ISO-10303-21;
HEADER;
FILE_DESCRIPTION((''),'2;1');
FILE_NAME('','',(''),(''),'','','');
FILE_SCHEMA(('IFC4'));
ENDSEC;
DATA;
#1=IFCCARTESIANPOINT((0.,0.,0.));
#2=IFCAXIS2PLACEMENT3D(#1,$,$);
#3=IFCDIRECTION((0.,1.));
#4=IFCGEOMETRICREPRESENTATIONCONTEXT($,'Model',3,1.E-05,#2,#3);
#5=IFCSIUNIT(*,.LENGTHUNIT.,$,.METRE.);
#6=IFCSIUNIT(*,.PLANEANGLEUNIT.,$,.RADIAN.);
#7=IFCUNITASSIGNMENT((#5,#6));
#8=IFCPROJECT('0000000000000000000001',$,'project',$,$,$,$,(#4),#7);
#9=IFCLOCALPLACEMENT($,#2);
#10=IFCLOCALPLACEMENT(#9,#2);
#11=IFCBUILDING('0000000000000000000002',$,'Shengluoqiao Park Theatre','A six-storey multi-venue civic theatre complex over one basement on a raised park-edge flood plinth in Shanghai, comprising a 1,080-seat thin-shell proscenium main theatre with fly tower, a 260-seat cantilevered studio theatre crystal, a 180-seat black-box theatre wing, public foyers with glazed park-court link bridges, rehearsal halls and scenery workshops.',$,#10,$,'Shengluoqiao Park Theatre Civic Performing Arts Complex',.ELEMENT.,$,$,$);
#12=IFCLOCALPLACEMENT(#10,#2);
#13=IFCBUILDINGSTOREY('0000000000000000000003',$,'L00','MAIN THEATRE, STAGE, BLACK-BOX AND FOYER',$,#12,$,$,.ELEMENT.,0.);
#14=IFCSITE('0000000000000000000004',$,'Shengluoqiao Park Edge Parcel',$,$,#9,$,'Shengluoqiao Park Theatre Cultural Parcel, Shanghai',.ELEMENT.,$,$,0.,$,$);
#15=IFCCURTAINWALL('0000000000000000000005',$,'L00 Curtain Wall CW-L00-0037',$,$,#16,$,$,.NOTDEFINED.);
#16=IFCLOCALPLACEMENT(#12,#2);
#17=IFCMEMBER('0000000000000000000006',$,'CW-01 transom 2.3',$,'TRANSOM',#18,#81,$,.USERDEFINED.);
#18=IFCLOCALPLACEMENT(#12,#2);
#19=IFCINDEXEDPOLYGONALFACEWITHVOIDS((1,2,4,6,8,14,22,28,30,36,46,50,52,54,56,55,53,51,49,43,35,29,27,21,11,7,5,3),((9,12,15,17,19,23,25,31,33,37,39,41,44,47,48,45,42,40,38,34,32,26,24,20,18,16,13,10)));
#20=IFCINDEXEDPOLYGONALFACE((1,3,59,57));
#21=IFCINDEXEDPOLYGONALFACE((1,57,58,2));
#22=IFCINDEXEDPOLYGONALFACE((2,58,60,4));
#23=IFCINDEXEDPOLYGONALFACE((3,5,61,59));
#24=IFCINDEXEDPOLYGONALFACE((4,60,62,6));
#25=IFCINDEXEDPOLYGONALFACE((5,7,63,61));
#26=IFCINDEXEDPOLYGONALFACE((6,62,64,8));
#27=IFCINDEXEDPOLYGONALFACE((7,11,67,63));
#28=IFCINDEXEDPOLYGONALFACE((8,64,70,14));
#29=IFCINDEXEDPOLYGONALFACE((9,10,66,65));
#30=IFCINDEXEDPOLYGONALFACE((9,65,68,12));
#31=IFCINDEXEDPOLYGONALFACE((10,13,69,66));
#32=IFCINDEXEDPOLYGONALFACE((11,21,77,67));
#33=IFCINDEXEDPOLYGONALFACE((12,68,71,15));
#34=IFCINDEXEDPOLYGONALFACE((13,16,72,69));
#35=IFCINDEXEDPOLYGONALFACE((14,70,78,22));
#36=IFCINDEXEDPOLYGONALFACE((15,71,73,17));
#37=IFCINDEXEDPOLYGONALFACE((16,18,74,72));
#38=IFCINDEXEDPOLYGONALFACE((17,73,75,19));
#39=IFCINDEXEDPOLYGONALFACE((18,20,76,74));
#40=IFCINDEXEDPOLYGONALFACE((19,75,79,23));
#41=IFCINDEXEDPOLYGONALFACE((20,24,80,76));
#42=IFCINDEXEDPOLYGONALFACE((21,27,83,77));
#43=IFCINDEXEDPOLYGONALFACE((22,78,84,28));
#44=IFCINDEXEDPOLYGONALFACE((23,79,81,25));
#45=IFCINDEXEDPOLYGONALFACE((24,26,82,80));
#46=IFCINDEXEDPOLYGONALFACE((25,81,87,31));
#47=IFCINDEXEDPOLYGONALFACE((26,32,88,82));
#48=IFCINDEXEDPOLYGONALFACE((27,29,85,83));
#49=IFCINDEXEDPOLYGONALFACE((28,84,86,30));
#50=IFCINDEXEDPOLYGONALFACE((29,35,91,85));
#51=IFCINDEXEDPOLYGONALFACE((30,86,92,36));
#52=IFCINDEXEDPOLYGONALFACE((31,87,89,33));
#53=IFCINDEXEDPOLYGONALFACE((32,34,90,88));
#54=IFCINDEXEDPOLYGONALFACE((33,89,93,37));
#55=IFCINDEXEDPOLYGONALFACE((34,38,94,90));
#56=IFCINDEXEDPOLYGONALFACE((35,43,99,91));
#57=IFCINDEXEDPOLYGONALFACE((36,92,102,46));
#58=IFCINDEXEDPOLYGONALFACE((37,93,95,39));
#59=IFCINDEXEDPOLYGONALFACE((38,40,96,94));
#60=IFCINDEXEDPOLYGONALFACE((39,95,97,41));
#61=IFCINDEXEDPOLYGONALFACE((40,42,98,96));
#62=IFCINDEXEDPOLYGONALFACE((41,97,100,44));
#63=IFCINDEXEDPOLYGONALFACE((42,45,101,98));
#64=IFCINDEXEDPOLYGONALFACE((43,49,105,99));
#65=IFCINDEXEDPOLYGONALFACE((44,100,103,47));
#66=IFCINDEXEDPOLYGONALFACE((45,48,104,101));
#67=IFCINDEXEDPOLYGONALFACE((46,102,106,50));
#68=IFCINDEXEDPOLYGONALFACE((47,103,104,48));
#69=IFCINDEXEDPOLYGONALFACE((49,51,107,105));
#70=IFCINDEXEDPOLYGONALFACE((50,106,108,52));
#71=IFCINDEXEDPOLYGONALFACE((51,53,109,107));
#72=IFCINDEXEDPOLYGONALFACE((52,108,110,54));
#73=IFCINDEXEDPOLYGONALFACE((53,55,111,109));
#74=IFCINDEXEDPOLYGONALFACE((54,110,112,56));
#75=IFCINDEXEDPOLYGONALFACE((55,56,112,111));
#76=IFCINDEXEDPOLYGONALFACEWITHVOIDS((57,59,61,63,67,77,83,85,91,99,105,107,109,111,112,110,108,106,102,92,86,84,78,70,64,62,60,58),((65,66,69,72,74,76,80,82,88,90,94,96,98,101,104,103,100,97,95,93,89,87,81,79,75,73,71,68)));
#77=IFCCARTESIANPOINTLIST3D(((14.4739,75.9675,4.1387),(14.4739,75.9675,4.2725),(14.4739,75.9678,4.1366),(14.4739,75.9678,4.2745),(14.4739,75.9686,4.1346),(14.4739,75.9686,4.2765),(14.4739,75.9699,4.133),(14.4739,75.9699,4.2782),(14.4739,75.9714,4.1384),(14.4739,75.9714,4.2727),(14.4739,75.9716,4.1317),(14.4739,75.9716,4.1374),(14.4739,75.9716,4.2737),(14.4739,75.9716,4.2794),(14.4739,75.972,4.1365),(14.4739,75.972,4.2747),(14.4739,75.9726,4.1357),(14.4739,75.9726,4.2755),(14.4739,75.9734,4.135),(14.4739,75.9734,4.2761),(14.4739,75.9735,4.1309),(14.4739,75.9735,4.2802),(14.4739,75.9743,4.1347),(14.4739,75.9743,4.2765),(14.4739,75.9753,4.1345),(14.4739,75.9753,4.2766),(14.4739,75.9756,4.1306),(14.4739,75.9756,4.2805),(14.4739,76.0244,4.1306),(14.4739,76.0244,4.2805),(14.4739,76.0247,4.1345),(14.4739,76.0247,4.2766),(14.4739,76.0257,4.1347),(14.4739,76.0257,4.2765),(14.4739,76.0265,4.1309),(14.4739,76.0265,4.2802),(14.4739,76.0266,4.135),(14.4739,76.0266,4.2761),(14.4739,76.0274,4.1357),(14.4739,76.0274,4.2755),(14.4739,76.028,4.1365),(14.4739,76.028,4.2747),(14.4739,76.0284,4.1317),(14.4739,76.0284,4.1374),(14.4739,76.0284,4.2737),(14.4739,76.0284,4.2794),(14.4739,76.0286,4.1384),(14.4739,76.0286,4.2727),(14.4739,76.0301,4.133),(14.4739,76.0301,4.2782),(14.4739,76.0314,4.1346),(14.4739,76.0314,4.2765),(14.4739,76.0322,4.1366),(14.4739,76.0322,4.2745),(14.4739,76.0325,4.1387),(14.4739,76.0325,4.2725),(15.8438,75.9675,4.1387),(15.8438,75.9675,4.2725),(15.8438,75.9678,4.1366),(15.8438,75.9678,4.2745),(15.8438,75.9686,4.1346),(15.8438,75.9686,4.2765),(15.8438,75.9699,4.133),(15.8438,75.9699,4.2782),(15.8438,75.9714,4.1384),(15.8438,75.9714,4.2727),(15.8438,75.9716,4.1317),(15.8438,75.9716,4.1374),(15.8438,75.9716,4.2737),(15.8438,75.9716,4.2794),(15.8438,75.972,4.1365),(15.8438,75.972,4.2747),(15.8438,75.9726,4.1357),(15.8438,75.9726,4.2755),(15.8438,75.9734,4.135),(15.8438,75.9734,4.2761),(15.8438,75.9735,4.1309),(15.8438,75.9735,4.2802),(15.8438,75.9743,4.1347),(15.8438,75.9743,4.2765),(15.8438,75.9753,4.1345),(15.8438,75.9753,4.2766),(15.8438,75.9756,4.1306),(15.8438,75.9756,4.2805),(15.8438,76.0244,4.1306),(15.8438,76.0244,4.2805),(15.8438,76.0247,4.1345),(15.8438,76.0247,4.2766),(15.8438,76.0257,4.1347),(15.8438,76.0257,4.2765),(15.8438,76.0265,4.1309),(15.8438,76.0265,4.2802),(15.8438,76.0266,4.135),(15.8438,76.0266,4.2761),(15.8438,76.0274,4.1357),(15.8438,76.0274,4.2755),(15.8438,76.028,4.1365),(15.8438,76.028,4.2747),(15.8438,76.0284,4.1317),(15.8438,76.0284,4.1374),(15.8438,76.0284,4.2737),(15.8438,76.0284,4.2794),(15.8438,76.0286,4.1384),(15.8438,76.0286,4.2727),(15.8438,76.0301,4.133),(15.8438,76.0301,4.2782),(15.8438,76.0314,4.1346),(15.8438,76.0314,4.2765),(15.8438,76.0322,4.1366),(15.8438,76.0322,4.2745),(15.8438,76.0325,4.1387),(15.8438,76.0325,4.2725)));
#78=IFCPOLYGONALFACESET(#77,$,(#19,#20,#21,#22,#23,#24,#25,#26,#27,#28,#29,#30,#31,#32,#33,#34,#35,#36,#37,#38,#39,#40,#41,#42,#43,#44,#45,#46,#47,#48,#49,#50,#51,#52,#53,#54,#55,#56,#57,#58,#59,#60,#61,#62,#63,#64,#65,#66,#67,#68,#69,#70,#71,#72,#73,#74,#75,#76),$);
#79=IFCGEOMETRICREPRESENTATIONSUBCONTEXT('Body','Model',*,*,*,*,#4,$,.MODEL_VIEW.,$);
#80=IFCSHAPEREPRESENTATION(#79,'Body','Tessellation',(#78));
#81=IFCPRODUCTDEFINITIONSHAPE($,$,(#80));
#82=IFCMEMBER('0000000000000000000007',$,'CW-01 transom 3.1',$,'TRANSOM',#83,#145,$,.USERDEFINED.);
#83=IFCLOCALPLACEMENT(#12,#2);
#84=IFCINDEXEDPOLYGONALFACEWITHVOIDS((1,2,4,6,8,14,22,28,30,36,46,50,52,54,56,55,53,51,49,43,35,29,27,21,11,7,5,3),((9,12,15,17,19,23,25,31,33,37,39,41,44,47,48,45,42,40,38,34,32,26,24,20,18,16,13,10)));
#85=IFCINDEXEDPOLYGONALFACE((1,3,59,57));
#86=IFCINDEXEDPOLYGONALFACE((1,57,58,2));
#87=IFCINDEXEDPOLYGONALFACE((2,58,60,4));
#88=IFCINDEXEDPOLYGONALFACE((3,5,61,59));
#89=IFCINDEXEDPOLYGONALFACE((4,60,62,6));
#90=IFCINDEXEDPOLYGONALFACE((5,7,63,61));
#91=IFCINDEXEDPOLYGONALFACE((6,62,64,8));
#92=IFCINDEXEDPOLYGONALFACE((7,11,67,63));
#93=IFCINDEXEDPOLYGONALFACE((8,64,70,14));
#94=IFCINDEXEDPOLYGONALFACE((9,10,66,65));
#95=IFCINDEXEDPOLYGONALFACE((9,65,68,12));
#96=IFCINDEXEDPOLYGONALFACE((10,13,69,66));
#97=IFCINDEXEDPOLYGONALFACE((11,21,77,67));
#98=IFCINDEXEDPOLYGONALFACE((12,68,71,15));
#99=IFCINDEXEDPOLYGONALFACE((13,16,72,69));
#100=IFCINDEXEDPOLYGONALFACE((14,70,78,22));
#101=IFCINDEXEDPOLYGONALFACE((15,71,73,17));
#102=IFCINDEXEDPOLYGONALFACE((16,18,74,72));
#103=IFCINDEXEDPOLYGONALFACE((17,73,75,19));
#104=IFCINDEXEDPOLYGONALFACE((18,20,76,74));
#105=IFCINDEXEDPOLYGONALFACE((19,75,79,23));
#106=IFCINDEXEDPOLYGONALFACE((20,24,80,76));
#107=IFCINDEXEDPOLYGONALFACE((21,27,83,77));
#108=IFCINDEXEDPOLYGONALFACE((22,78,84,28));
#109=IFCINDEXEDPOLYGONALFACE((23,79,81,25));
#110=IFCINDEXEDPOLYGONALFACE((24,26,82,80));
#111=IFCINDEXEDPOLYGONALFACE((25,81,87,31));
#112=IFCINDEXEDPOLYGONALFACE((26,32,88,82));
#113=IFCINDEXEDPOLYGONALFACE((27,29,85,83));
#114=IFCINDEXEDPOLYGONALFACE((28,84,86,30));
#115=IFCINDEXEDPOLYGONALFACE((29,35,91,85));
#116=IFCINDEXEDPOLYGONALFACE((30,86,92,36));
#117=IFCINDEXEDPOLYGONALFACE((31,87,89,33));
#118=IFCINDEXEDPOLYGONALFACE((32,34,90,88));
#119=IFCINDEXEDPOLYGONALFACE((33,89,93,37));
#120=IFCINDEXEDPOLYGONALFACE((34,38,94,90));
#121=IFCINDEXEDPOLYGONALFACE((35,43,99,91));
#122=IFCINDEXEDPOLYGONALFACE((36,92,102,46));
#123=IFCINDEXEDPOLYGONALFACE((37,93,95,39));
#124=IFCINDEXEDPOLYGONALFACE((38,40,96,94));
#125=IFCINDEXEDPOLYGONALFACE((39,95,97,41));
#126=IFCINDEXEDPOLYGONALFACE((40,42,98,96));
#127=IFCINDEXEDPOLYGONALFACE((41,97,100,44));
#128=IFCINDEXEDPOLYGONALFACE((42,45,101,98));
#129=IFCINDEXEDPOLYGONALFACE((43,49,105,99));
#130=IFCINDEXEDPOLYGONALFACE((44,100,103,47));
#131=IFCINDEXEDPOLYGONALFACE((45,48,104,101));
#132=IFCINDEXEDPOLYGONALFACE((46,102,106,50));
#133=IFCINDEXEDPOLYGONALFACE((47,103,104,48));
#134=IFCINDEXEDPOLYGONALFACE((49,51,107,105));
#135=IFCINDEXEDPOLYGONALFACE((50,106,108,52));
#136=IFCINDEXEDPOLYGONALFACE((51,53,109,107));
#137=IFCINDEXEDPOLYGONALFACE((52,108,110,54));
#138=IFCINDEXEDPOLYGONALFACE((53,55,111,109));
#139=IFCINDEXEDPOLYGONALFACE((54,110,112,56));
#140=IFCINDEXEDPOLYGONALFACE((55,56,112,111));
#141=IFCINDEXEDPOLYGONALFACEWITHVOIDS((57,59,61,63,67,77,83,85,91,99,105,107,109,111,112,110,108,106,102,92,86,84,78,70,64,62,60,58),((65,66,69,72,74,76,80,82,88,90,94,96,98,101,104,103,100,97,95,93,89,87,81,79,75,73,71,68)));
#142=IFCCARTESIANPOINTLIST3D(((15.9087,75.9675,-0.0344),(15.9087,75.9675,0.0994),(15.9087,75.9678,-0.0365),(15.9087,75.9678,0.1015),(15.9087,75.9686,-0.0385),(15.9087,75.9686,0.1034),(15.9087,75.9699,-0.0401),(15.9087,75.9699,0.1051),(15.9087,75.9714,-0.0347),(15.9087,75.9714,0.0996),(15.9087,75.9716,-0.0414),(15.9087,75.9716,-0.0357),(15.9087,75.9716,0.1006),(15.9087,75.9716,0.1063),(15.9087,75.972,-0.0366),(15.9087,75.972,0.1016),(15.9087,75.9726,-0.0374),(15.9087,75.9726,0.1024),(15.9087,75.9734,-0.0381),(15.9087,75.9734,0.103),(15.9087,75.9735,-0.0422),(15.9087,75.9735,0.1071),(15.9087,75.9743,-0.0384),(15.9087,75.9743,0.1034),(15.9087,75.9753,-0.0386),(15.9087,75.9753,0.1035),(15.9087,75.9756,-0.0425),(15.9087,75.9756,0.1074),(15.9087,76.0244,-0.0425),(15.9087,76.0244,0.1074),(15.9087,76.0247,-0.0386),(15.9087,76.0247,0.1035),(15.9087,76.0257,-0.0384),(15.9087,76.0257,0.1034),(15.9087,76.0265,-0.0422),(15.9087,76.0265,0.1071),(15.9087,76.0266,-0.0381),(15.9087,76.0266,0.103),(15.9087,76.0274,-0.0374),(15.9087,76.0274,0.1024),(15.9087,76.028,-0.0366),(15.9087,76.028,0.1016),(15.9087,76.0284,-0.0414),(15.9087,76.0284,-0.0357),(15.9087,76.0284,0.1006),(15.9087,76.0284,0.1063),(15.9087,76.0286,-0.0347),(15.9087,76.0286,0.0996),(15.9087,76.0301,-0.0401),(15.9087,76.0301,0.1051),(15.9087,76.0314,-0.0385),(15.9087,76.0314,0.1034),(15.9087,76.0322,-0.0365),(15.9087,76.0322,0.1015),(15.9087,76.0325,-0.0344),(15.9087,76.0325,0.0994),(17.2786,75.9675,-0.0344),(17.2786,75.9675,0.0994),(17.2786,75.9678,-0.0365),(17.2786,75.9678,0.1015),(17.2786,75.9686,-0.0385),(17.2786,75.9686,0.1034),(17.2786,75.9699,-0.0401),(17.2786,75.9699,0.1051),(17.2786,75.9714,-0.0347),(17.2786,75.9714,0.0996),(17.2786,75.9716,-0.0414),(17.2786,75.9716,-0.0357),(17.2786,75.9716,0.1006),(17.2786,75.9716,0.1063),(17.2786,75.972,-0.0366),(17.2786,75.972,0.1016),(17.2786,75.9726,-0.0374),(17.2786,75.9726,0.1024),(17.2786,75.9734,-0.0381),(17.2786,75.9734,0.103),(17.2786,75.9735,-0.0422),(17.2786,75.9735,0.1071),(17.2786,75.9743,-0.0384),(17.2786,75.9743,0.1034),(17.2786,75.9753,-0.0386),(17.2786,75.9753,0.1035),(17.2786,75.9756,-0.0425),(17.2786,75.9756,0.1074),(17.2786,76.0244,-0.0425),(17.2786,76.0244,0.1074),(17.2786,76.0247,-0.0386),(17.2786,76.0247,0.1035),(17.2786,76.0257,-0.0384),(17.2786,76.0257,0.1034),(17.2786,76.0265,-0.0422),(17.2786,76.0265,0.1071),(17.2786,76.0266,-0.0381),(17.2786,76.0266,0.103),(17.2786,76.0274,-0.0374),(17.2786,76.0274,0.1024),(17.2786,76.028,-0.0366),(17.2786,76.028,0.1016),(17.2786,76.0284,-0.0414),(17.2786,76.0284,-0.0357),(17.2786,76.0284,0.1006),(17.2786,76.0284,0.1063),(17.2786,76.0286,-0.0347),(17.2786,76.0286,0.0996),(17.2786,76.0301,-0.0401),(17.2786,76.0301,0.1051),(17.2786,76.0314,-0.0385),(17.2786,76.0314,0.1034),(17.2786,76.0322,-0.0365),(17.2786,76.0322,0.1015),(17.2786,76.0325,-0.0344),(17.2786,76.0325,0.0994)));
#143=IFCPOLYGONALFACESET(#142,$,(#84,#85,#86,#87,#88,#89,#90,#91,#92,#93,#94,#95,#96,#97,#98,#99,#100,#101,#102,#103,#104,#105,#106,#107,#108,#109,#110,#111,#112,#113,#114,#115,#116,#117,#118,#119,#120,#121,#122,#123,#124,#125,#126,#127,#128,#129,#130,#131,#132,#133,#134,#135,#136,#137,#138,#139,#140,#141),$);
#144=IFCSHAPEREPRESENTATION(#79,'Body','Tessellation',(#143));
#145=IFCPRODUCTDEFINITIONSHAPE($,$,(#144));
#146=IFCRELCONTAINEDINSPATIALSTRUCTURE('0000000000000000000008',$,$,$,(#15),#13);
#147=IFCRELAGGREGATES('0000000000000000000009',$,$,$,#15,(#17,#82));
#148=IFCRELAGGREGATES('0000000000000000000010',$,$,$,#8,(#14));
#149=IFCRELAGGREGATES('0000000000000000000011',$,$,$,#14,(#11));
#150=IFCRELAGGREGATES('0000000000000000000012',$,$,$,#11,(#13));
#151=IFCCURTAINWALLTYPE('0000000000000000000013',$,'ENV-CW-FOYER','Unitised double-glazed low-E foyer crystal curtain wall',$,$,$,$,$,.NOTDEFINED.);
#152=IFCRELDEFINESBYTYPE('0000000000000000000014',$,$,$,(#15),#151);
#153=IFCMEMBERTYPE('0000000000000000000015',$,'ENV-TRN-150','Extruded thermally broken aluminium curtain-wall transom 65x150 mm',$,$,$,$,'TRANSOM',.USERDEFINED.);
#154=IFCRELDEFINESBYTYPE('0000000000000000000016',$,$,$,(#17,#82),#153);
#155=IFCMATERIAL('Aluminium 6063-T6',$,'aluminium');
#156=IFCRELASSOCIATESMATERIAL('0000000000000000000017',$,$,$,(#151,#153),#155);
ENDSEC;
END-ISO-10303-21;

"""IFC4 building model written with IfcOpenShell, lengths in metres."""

from ifc_helpers import new_model, si_unit, direction, frame, origin, origin_2d, place, context, subcontext, project, spatial, hollow_rectangle, extrude, material, material_profile, profile_set, type_object, element, aggregate, save


model = new_model("IFC4")

# Units and contexts
model_context = context("Model", 3, precision=1e-05, world=origin(), true_north=direction((0.0, 1.0)))
body_context = subcontext(model_context, "Body", "Model", "MODEL_VIEW")
ifc_project = project(units=[si_unit("LENGTHUNIT", "METRE"), si_unit("PLANEANGLEUNIT", "RADIAN")], contexts=[model_context])

# Site, building, storey
site_placement = place(None, origin())
site = spatial("IfcSite", under=ifc_project, at=site_placement, Name="Shengluoqiao Park Edge Parcel", LongName="Shengluoqiao Park Theatre Cultural Parcel, Shanghai", CompositionType="ELEMENT", RefElevation=0.0)
building_placement = place(site_placement, origin())
building = spatial("IfcBuilding", under=site, at=building_placement, Name="Shengluoqiao Park Theatre", Description="A six-storey multi-venue civic theatre complex over one basement on a raised park-edge flood plinth in Shanghai, comprising a 1,080-seat thin-shell proscenium main theatre with fly tower, a 260-seat cantilevered studio theatre crystal, a 180-seat black-box theatre wing, public foyers with glazed park-court link bridges, rehearsal halls and scenery workshops.", LongName="Shengluoqiao Park Theatre Civic Performing Arts Complex", CompositionType="ELEMENT")
storey_placement = place(building_placement, origin())
storey = spatial("IfcBuildingStorey", under=building, at=storey_placement, Name="L00", Description="MAIN THEATRE, STAGE, BLACK-BOX AND FOYER", CompositionType="ELEMENT", Elevation=0.0)

# Curtain wall
ifc_material_1 = material(Name="Aluminium 6063-T6", Category="aluminium")
curtain_wall_type = type_object("IfcCurtainWallType", Name="ENV-CW-FOYER", Description="Unitised double-glazed low-E foyer crystal curtain wall", PredefinedType="NOTDEFINED", material=ifc_material_1)
curtain_wall_1_placement = place(storey_placement, origin())
curtain_wall_1 = element("IfcCurtainWall", 1, at=curtain_wall_1_placement, inside=storey, type_object=curtain_wall_type, Name="L00 Curtain Wall CW-L00-0037", PredefinedType="NOTDEFINED")

# Members
ifc_material_profile_1 = material_profile(ifc_material_1, hollow_rectangle(XDim=0.0649, YDim=0.1499, WallThickness=0.0039, InnerFilletRadius=0.0039, OuterFilletRadius=0.0081, at=origin_2d()), Name="ALU TRANSOM 150x65x4")
ifc_profile_set_1 = profile_set([ifc_material_profile_1], Name="Aluminium 6063-T6")
member_type_1 = type_object("IfcMemberType", Name="ENV-TRN-150", Description="Extruded thermally broken aluminium curtain-wall transom 65x150 mm", ElementType="TRANSOM", PredefinedType="USERDEFINED", material=ifc_profile_set_1)
member_1_placement = place(storey_placement, frame((14.4739, 76.0, 4.2056), z_axis=(1.0, 0.0, 0.0), x_axis=(0.0, 1.0, 0.0)))
member_1 = element("IfcMember", 2, at=member_1_placement, type_object=member_type_1, Name="CW-01 transom 2.3", ObjectType="TRANSOM", PredefinedType="USERDEFINED", context=body_context, shape_type="SweptSolid", body=[
    extrude(hollow_rectangle(XDim=0.0649, YDim=0.1499, WallThickness=0.0039, InnerFilletRadius=0.0039, OuterFilletRadius=0.0081, at=origin_2d()), origin(), (0.0, 0.0, 1.0), 1.3699),
])
member_2_placement = place(storey_placement, frame((15.9087, 76.0, 0.0325), z_axis=(1.0, 0.0, 0.0), x_axis=(0.0, 1.0, 0.0)))
member_2 = element("IfcMember", 3, at=member_2_placement, type_object=member_type_1, Name="CW-01 transom 3.1", ObjectType="TRANSOM", PredefinedType="USERDEFINED", context=body_context, shape_type="SweptSolid", body=[
    extrude(hollow_rectangle(XDim=0.0649, YDim=0.1499, WallThickness=0.0039, InnerFilletRadius=0.0039, OuterFilletRadius=0.0081, at=origin_2d()), origin(), (0.0, 0.0, 1.0), 1.3699),
])

aggregate(curtain_wall_1, [member_1, member_2])

save(model, "model.ifc")
